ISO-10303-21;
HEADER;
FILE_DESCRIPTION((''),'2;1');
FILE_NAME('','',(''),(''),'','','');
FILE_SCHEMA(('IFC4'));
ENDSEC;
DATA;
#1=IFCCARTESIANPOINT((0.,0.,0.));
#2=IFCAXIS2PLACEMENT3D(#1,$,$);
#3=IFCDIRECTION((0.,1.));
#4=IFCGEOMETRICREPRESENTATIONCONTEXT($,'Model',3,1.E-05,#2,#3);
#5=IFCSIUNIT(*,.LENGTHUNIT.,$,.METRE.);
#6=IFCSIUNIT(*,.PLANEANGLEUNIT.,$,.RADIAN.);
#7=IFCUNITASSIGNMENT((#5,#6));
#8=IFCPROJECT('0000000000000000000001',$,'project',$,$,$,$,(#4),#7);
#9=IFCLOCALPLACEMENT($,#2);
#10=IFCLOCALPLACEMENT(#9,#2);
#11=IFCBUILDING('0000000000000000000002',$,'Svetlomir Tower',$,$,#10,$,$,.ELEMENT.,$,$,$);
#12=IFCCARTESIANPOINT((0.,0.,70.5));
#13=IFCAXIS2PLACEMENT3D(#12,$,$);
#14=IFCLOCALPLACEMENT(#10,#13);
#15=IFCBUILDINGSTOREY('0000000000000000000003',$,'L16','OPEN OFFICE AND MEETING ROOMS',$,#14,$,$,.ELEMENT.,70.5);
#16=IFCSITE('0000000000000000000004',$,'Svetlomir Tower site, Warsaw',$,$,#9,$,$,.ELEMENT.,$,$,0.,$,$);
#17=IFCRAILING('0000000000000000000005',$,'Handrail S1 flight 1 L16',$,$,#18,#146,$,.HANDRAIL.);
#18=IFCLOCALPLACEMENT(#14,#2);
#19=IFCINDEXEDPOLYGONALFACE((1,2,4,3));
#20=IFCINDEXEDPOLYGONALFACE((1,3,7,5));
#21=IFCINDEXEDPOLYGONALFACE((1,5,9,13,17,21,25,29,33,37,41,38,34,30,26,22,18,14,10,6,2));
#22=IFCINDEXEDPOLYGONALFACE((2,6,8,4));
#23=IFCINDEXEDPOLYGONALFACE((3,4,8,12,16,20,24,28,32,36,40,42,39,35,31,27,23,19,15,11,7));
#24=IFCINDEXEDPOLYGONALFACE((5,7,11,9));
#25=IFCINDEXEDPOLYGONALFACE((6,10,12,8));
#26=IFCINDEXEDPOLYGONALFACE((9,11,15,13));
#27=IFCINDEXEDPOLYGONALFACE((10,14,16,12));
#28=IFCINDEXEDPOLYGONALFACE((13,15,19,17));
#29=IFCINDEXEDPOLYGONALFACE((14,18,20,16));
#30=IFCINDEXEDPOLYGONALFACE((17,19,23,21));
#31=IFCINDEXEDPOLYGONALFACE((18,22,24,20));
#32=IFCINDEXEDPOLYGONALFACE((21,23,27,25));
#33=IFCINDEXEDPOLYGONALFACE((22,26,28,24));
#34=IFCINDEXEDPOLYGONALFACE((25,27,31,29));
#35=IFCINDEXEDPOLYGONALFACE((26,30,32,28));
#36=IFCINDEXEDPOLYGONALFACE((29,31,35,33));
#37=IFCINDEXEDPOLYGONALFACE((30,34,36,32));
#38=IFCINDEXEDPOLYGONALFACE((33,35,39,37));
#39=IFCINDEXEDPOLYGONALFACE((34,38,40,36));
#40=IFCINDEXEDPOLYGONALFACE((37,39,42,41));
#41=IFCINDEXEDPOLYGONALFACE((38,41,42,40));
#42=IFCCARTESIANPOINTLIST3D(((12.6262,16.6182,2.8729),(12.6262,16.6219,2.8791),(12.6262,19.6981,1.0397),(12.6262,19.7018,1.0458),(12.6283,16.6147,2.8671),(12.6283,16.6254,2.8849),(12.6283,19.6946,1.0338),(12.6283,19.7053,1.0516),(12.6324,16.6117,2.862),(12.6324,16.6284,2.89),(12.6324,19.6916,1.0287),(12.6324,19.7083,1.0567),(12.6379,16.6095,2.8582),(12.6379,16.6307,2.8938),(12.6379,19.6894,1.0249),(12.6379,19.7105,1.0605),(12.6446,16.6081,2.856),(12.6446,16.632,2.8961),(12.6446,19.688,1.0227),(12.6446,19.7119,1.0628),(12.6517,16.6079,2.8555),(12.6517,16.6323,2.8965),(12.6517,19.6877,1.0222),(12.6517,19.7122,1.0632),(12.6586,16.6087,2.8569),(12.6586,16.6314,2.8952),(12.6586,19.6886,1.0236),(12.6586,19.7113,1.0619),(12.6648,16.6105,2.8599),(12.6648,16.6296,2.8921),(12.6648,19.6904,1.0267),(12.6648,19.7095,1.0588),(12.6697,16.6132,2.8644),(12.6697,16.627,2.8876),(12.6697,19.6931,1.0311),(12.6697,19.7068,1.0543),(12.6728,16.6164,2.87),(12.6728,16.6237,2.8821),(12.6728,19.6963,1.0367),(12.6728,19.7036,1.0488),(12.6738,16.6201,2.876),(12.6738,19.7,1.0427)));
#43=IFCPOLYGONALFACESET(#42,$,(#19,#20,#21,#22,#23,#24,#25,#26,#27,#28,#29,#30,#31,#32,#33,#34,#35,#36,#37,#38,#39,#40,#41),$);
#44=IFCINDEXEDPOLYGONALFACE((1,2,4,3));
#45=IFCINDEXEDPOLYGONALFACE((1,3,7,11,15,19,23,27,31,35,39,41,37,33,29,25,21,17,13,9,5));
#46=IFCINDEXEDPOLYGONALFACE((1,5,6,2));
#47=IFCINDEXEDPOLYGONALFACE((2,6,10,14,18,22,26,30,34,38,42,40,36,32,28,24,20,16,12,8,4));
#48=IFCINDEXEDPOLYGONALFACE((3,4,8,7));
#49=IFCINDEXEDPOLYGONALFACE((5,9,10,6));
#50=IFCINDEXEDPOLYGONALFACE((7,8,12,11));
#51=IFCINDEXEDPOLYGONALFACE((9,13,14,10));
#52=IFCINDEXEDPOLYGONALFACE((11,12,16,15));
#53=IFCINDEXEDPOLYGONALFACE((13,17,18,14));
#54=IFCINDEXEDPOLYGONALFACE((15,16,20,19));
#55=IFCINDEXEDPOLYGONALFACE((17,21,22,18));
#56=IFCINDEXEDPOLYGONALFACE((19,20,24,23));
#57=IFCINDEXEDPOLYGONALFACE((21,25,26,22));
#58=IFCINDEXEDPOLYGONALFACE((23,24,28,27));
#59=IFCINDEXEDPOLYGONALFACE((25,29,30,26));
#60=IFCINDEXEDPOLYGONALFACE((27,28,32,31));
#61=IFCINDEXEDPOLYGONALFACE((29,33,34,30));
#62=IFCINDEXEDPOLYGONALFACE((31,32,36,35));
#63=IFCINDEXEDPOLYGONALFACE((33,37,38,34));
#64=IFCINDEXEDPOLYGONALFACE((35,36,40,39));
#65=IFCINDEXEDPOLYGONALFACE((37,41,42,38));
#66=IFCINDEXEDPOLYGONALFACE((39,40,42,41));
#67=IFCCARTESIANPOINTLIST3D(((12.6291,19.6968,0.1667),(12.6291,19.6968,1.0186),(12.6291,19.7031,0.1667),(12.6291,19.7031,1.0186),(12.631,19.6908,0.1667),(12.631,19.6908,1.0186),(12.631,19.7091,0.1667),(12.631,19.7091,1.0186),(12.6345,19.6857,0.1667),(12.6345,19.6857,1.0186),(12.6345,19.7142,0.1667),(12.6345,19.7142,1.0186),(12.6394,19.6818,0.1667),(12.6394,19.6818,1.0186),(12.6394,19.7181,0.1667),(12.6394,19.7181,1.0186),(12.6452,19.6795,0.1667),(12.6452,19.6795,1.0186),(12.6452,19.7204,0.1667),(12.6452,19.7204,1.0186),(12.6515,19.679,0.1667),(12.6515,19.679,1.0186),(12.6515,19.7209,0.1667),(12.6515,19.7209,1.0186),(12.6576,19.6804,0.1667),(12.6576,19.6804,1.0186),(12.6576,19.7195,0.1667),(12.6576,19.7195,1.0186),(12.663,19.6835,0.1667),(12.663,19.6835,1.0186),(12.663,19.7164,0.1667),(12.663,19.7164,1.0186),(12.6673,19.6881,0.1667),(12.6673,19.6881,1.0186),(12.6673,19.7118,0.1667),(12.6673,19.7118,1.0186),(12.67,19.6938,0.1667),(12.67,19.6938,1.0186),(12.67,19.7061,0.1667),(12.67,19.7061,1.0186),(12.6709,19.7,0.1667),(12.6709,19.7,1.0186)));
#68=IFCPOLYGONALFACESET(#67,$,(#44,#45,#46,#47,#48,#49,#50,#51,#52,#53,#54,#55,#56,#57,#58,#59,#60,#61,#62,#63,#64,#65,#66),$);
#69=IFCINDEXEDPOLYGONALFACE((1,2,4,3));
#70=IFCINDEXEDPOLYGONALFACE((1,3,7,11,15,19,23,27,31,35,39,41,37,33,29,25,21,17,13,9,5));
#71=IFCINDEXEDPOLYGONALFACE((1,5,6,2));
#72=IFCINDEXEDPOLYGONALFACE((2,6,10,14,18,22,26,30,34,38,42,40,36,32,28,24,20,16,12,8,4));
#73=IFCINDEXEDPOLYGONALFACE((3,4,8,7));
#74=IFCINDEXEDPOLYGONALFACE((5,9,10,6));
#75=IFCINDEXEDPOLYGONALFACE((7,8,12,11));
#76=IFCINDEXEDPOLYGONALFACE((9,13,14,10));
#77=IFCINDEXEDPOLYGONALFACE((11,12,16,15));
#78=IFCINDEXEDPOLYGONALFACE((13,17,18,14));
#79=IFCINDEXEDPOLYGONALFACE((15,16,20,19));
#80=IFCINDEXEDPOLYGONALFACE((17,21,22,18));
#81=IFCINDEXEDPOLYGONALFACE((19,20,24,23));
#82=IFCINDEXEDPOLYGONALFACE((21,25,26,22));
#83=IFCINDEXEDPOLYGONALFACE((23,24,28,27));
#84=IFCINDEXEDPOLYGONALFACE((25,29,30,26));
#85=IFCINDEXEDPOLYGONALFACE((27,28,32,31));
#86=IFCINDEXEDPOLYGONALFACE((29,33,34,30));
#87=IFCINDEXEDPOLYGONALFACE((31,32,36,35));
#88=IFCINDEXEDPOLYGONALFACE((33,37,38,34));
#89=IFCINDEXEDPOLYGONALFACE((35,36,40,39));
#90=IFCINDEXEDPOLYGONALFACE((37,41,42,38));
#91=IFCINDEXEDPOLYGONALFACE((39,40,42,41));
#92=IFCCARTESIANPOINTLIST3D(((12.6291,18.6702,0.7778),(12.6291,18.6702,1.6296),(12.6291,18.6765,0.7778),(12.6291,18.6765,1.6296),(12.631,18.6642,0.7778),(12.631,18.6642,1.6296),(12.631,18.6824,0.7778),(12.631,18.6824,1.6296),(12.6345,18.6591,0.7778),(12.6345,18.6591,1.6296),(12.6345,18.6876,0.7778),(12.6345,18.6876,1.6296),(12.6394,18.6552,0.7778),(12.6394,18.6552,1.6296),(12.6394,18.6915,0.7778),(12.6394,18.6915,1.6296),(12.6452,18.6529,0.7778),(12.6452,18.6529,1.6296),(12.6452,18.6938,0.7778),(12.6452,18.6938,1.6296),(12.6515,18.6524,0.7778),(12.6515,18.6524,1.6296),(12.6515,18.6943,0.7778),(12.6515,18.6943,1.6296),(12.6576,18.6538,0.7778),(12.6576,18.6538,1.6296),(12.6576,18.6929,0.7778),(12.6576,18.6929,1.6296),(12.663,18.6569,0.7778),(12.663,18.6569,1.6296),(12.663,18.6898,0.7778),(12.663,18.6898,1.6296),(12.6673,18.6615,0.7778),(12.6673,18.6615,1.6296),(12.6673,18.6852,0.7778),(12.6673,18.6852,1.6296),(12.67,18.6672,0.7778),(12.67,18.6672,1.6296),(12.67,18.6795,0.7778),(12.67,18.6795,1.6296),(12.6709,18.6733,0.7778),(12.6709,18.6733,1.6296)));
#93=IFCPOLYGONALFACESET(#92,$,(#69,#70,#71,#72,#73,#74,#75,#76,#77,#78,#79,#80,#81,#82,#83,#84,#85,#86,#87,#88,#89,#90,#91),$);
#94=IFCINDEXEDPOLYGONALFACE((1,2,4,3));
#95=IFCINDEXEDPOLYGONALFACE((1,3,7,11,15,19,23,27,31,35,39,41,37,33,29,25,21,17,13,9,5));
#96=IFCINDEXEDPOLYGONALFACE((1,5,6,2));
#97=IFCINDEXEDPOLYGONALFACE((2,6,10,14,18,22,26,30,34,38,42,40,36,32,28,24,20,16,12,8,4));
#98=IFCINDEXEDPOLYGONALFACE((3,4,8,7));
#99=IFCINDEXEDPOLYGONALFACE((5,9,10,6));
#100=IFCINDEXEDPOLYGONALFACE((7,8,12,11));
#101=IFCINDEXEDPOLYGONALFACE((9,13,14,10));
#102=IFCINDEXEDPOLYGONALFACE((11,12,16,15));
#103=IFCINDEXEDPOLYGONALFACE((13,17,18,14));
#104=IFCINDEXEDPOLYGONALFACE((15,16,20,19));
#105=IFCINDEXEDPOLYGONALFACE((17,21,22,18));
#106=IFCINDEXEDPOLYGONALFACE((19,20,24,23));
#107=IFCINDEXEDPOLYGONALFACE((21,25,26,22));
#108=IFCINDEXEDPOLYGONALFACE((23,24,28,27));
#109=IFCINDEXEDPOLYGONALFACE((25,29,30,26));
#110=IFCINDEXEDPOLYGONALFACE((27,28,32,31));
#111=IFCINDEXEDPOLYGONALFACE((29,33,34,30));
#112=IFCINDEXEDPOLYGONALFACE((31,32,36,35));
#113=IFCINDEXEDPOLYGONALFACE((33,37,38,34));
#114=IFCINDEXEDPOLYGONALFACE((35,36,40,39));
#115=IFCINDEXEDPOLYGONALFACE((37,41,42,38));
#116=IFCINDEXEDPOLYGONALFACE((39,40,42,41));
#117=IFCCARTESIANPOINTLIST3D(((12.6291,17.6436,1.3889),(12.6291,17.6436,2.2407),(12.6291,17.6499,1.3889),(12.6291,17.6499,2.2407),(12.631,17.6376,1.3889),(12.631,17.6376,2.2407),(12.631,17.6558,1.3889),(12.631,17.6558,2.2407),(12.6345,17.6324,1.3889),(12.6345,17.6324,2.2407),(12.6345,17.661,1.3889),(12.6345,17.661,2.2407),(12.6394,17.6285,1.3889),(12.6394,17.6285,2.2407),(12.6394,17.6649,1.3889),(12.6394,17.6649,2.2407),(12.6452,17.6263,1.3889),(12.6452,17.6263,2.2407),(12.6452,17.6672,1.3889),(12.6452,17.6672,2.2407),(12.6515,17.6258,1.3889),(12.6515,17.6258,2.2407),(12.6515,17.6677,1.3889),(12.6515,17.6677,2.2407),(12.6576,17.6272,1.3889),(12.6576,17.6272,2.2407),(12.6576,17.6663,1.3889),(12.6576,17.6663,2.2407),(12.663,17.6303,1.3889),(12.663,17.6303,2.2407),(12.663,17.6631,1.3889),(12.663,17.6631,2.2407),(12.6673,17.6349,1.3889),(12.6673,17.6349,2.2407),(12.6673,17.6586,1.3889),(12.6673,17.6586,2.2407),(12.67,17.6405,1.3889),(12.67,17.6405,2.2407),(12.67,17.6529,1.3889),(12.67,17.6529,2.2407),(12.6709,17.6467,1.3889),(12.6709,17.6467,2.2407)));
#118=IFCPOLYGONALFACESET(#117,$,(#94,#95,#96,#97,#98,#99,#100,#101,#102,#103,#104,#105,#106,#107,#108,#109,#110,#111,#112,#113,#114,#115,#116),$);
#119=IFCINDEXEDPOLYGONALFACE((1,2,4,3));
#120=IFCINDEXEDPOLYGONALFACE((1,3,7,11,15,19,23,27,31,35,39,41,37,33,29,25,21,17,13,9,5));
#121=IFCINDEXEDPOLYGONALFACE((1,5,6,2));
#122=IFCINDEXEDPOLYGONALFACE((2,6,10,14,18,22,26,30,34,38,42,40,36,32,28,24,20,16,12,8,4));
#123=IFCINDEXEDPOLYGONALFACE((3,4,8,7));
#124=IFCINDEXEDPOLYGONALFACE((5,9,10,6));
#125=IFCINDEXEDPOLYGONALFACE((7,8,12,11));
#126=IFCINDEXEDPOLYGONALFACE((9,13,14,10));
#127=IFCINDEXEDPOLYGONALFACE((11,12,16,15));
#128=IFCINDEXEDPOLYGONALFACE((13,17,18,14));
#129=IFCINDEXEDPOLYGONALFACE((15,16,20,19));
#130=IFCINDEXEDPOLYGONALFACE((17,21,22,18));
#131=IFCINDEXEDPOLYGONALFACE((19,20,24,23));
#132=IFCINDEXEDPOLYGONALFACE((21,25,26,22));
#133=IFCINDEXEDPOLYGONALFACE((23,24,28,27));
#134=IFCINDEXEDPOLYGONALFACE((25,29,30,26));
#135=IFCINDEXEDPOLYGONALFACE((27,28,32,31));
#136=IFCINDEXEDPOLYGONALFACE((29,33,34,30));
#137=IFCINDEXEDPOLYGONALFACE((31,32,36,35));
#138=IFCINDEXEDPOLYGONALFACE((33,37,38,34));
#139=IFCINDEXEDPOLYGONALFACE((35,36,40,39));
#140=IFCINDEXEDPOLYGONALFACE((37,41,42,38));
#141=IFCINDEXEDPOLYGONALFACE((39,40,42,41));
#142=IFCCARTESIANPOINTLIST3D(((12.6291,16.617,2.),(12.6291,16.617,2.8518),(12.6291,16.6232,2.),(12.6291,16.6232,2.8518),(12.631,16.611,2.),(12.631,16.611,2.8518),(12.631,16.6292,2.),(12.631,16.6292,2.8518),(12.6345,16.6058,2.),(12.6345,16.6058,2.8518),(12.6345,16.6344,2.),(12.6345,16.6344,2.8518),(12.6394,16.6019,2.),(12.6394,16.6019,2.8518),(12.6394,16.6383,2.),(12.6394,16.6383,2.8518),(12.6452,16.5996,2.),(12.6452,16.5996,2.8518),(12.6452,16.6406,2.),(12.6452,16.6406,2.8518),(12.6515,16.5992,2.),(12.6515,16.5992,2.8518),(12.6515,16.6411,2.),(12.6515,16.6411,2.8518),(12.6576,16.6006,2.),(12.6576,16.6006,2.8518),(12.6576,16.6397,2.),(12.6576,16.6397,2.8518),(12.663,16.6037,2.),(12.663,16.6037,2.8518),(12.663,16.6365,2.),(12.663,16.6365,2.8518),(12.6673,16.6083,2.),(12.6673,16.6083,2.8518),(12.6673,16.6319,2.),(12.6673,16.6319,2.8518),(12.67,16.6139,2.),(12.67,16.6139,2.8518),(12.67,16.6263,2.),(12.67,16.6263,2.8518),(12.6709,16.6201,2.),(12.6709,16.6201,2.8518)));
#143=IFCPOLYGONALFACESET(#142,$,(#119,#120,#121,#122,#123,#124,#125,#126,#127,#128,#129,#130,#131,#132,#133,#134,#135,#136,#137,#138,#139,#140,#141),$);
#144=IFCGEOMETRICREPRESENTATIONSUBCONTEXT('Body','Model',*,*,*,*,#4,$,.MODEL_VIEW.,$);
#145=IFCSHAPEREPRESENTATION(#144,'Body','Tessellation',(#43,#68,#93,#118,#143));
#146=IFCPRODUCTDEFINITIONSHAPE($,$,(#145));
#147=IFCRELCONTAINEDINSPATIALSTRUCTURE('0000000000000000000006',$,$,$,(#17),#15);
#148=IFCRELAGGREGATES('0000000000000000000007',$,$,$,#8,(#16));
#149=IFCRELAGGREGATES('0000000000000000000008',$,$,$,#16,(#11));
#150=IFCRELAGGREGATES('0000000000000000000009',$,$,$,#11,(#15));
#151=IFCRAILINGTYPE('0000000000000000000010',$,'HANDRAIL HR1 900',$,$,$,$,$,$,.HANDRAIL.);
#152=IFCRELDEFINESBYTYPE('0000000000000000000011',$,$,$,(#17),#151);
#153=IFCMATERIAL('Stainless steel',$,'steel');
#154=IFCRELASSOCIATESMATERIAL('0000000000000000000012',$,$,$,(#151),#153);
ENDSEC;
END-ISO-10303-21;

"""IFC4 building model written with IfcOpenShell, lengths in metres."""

from ifc_helpers import new_model, si_unit, direction, frame, origin, origin_2d, place, context, subcontext, project, spatial, circle, extrude, material, type_object, element, save


model = new_model("IFC4")

# Units and contexts
model_context = context("Model", 3, precision=1e-05, world=origin(), true_north=direction((0.0, 1.0)))
body_context = subcontext(model_context, "Body", "Model", "MODEL_VIEW")
ifc_project = project(units=[si_unit("LENGTHUNIT", "METRE"), si_unit("PLANEANGLEUNIT", "RADIAN")], contexts=[model_context])

# Site, building, storey
site_placement = place(None, origin())
site = spatial("IfcSite", under=ifc_project, at=site_placement, Name="Svetlomir Tower site, Warsaw", CompositionType="ELEMENT", RefElevation=0.0)
building_placement = place(site_placement, origin())
building = spatial("IfcBuilding", under=site, at=building_placement, Name="Svetlomir Tower", CompositionType="ELEMENT")
storey_placement = place(building_placement, frame((0.0, 0.0, 70.5)))
storey = spatial("IfcBuildingStorey", under=building, at=storey_placement, Name="L16", Description="OPEN OFFICE AND MEETING ROOMS", CompositionType="ELEMENT", Elevation=70.5)

# Railing
ifc_material_1 = material(Name="Stainless steel", Category="steel")
railing_type = type_object("IfcRailingType", Name="HANDRAIL HR1 900", PredefinedType="HANDRAIL", material=ifc_material_1)
railing_1_placement = place(storey_placement, frame((12.6499, 19.7, 0.1667)))
element("IfcRailing", 1, at=railing_1_placement, inside=storey, type_object=railing_type, Name="Handrail S1 flight 1 L16", PredefinedType="HANDRAIL", context=body_context, shape_type="SweptSolid", body=[
    extrude(circle(Radius=0.0239, at=origin_2d()), frame((0.0, 0.0, 0.876), z_axis=(0.0, -0.859291, 0.511487), x_axis=(1.0, 0.0, 0.0)), (0.0, 0.0, 1.0), 3.5842),
    extrude(circle(Radius=0.021, at=origin_2d()), origin(), (0.0, 0.0, 1.0), 0.8518),
    extrude(circle(Radius=0.021, at=origin_2d()), frame((0.0, -1.0266, 0.6111)), (0.0, 0.0, 1.0), 0.8518),
    extrude(circle(Radius=0.021, at=origin_2d()), frame((0.0, -2.0532, 1.2222)), (0.0, 0.0, 1.0), 0.8518),
    extrude(circle(Radius=0.021, at=origin_2d()), frame((0.0, -3.0798, 1.8333)), (0.0, 0.0, 1.0), 0.8518),
])

save(model, "model.ifc")
